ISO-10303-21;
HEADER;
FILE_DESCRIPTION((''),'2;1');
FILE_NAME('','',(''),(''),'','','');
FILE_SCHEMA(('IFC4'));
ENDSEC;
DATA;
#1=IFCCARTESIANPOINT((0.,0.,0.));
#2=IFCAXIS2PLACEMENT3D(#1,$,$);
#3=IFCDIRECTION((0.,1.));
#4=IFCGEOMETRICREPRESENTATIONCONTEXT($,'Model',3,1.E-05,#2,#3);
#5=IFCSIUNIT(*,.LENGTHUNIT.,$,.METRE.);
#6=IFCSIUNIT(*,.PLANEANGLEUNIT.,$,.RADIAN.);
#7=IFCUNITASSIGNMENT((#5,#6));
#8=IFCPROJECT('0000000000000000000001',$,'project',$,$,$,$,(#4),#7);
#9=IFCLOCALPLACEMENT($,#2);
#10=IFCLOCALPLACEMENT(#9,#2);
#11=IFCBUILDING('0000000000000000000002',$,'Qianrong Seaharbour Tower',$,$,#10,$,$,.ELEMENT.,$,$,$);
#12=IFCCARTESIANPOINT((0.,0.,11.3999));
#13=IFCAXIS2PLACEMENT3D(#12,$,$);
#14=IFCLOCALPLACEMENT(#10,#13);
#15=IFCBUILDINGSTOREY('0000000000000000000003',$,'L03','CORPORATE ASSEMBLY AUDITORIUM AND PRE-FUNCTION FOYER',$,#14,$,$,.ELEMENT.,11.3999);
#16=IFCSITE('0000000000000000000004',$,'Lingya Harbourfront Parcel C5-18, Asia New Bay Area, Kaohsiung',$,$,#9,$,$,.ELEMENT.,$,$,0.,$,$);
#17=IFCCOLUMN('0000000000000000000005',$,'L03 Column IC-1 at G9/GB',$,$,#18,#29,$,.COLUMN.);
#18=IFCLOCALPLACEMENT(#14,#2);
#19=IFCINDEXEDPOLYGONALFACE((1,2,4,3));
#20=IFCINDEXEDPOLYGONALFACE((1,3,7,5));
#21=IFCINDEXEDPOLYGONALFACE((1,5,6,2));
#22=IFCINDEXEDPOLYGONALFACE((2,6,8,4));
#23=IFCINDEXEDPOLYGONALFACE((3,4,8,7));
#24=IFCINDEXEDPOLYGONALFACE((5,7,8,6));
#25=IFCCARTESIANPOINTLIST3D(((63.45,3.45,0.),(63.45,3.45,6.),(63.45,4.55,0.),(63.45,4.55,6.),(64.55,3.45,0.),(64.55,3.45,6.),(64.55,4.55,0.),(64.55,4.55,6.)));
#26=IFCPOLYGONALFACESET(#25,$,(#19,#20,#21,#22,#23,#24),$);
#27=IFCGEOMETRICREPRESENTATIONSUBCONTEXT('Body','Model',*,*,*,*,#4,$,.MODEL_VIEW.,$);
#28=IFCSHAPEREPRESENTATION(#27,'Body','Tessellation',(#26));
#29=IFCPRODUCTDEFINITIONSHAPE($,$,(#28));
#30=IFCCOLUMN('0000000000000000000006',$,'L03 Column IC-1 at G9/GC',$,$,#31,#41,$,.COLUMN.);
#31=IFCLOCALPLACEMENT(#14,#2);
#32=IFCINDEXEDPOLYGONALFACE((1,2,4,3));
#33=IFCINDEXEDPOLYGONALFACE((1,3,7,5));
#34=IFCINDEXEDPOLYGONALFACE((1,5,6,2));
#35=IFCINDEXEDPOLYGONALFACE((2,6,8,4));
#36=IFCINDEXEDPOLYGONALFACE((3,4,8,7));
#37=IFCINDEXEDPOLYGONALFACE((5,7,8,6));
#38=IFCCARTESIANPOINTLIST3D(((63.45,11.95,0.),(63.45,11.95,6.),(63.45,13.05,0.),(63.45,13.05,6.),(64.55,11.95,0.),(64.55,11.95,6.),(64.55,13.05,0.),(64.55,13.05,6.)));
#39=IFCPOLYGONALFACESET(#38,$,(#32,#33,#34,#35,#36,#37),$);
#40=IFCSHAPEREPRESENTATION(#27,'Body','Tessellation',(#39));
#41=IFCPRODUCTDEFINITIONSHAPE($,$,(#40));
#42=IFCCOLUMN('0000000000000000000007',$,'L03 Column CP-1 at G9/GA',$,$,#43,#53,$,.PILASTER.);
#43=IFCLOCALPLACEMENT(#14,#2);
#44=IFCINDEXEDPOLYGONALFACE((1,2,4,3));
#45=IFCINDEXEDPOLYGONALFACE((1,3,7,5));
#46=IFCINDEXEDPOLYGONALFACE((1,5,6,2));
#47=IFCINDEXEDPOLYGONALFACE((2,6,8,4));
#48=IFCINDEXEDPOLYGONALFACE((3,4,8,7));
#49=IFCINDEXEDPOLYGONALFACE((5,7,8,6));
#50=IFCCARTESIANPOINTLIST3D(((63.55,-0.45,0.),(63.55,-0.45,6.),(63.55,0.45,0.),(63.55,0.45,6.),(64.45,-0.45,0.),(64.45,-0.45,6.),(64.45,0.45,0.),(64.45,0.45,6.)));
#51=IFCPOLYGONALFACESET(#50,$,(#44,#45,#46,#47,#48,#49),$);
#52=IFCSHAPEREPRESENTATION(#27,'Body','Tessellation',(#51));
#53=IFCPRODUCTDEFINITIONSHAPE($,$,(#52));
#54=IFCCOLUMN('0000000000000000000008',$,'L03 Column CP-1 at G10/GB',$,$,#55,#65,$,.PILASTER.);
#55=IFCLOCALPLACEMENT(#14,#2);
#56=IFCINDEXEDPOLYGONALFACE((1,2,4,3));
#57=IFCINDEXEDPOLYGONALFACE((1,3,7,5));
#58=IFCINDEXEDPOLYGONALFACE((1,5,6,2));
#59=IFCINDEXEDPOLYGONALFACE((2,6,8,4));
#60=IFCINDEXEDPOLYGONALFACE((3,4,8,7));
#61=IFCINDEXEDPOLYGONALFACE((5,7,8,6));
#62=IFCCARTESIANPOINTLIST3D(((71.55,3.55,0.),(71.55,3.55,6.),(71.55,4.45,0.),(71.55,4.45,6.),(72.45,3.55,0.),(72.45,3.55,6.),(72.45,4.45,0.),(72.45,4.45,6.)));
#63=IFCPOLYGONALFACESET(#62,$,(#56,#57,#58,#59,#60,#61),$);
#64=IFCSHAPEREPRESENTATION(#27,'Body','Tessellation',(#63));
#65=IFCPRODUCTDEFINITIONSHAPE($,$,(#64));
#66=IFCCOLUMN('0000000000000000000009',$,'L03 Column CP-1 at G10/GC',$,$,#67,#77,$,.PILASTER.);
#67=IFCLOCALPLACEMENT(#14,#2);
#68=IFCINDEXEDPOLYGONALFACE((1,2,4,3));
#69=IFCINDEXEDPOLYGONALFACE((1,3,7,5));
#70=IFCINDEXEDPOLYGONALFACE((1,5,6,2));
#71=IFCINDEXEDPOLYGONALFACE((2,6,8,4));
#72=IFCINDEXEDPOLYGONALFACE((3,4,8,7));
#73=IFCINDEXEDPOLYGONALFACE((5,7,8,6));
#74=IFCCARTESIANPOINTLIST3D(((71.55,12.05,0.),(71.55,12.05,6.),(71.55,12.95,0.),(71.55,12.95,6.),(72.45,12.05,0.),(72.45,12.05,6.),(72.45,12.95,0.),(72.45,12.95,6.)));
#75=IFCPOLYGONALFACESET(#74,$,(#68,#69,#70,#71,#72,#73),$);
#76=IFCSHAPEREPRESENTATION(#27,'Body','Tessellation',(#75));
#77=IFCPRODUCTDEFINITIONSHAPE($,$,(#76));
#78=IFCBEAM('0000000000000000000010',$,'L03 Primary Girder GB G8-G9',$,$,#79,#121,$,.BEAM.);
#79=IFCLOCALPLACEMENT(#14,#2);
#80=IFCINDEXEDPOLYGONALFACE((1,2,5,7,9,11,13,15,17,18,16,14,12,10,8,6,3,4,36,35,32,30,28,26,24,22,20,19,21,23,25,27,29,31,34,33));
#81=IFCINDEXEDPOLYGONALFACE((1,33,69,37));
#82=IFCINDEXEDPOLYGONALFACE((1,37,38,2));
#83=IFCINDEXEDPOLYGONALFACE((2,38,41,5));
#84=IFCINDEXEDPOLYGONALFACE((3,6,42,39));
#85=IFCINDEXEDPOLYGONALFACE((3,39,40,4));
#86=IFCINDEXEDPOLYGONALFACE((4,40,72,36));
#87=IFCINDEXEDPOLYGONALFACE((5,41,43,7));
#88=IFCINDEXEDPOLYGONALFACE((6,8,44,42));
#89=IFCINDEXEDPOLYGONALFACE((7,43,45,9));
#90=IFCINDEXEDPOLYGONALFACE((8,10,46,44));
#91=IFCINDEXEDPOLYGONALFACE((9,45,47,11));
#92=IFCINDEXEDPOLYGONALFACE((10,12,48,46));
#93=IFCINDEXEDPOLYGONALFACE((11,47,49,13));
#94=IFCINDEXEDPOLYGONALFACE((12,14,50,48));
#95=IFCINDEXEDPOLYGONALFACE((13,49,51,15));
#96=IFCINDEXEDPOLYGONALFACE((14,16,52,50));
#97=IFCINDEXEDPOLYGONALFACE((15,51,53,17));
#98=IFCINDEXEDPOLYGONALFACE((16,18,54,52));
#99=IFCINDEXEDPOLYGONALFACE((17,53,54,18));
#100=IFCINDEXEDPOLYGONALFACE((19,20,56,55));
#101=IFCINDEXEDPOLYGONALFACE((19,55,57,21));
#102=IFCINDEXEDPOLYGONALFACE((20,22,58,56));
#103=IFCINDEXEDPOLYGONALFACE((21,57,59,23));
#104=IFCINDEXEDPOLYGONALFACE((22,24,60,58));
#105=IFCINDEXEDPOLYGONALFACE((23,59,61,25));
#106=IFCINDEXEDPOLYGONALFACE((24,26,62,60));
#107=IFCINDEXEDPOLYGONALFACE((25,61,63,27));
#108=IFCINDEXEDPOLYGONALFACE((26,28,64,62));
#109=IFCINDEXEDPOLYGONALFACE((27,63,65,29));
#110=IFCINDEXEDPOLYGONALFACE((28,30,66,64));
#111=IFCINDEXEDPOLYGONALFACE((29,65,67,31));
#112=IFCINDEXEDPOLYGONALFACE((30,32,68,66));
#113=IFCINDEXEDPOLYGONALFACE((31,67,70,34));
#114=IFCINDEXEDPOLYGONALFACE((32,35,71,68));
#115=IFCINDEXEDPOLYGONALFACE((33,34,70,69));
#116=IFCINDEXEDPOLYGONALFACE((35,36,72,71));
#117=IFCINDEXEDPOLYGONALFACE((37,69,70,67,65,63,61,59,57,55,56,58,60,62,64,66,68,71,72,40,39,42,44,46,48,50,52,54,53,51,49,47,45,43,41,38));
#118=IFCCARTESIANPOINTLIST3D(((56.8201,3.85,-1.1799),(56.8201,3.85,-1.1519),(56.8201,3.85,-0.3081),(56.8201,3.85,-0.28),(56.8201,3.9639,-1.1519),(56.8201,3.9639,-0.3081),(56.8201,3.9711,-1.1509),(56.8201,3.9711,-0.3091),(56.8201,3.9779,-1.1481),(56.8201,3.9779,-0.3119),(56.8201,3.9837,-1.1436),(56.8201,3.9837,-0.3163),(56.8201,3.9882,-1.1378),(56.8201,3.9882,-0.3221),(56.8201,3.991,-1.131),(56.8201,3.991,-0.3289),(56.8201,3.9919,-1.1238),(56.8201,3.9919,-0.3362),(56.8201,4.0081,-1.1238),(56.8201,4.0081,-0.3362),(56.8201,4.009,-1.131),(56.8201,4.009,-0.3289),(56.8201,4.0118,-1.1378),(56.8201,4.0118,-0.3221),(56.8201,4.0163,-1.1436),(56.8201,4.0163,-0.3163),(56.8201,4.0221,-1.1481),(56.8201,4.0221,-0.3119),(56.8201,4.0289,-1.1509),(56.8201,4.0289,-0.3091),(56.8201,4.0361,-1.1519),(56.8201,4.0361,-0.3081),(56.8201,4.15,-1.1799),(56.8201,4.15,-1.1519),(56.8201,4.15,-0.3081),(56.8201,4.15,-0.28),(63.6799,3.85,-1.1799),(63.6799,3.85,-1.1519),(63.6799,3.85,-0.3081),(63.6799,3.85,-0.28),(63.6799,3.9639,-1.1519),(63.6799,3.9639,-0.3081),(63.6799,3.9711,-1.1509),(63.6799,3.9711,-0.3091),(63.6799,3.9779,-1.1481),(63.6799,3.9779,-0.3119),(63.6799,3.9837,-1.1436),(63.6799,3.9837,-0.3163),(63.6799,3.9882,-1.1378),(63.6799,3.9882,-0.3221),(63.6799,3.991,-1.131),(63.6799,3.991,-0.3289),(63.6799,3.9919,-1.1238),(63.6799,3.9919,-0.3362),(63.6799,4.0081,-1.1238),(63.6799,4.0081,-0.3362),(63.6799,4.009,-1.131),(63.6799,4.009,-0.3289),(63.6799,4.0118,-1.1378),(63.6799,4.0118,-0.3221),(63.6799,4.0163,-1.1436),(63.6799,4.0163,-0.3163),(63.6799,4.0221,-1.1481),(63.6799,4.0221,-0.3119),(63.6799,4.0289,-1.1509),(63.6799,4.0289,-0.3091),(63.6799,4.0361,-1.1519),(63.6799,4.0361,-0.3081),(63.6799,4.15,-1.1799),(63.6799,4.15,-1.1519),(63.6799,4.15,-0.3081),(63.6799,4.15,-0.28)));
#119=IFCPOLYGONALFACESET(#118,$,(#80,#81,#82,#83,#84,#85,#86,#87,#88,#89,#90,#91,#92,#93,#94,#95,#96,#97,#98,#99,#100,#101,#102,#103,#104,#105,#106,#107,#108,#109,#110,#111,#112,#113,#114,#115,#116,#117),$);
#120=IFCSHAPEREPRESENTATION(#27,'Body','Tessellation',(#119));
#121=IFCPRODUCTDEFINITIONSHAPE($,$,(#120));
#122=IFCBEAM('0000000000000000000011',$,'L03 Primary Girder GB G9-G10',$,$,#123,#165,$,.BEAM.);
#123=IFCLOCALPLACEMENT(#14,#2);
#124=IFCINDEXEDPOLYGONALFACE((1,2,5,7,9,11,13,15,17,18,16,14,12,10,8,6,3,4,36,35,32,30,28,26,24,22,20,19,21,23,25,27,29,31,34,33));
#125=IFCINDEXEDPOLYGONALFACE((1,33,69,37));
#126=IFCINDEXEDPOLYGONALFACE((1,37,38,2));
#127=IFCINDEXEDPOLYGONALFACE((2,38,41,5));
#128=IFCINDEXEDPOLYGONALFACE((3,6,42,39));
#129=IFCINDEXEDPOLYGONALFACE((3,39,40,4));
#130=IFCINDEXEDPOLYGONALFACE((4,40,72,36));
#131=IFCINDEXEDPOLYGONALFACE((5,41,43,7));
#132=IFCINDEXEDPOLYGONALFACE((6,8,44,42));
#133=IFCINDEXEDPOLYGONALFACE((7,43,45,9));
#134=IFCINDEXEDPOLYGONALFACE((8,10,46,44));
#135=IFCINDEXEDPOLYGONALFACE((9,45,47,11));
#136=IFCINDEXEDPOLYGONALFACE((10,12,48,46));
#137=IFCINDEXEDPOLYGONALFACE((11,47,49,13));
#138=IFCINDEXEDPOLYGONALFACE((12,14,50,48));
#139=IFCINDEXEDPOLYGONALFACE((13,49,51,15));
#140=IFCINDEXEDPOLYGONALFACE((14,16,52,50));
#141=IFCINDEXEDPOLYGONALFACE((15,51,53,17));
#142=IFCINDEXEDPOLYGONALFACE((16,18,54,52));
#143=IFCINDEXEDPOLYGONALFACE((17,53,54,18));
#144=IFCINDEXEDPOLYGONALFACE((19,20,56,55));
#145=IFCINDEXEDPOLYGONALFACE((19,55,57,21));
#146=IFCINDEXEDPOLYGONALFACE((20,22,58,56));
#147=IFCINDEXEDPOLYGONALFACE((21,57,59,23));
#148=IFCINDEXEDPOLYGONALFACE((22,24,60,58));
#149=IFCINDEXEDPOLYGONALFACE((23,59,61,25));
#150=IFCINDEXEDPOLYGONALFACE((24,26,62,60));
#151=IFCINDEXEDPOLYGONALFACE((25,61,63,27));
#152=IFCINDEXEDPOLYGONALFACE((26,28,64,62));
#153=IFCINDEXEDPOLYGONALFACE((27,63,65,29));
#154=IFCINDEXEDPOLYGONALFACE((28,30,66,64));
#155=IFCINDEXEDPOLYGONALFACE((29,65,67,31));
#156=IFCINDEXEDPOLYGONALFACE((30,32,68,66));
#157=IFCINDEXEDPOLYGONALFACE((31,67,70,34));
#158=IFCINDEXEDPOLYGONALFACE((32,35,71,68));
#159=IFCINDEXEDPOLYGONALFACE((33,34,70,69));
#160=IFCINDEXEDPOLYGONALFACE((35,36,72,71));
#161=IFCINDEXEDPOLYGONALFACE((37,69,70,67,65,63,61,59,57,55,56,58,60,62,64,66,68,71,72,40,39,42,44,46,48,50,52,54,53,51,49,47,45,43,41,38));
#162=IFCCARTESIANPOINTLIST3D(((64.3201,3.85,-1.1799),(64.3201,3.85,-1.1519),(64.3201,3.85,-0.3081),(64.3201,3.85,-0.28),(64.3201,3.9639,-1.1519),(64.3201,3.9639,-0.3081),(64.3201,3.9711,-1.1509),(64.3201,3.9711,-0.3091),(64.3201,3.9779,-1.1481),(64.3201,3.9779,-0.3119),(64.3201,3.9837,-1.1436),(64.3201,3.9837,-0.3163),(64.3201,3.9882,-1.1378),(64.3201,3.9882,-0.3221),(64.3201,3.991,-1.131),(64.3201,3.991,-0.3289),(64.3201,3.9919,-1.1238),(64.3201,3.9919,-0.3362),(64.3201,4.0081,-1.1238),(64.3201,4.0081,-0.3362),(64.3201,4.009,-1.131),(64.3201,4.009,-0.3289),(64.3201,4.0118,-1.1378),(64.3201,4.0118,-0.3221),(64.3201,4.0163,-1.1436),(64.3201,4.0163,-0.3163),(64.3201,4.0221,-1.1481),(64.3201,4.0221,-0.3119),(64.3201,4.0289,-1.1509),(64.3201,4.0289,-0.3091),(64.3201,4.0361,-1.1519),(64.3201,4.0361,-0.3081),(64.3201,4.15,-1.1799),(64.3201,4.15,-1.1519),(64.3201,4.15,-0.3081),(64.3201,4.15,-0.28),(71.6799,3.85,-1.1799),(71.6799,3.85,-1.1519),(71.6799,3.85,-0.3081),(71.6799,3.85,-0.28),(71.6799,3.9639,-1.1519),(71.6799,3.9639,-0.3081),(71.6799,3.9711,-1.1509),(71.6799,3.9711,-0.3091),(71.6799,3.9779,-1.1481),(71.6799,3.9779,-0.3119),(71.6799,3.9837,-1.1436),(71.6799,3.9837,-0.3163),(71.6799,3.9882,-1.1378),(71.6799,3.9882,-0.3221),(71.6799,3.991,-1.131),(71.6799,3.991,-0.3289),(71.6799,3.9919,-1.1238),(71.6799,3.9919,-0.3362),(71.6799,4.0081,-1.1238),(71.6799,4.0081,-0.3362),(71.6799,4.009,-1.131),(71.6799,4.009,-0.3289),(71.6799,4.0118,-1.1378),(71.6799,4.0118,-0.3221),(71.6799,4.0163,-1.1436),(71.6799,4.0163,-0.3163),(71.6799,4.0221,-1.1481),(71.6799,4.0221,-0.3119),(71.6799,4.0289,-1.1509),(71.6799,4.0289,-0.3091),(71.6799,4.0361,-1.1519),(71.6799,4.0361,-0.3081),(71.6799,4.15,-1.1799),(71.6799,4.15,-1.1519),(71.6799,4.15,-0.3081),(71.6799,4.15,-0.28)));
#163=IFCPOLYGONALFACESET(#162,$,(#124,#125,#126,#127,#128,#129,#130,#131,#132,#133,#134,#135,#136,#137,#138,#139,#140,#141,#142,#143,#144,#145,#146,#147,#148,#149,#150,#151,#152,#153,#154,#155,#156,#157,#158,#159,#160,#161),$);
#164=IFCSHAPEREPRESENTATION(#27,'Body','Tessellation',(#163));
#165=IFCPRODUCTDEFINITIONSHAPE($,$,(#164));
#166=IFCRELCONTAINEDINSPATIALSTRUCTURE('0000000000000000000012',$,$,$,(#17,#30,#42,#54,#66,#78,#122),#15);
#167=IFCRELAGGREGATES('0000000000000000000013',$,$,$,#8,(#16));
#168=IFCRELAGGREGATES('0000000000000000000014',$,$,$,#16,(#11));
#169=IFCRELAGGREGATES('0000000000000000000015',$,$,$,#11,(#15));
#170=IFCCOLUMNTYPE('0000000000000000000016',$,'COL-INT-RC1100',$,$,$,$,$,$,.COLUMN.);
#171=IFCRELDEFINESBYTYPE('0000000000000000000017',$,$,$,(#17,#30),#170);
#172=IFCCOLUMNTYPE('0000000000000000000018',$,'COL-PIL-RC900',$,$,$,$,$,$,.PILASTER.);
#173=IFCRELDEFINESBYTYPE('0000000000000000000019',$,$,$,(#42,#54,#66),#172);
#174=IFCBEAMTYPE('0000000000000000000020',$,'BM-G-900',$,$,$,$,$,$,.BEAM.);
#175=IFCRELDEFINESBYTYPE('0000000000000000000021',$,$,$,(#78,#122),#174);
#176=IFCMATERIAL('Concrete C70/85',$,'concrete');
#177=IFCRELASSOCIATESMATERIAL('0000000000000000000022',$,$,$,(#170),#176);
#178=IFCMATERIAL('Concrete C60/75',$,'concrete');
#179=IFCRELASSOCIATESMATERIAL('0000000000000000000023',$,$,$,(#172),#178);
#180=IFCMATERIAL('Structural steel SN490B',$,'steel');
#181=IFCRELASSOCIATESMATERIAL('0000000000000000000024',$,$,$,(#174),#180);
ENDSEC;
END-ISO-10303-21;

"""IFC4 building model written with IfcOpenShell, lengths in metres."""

from ifc_helpers import new_model, si_unit, direction, frame, origin, origin_2d, place, context, subcontext, project, spatial, rectangle, i_section, extrude, material, material_profile, profile_set, type_object, element, save


model = new_model("IFC4")

# Units and contexts
model_context = context("Model", 3, precision=1e-05, world=origin(), true_north=direction((0.0, 1.0)))
body_context = subcontext(model_context, "Body", "Model", "MODEL_VIEW")
ifc_project = project(units=[si_unit("LENGTHUNIT", "METRE"), si_unit("PLANEANGLEUNIT", "RADIAN")], contexts=[model_context])

# Site, building, storey
site_placement = place(None, origin())
site = spatial("IfcSite", under=ifc_project, at=site_placement, Name="Lingya Harbourfront Parcel C5-18, Asia New Bay Area, Kaohsiung", CompositionType="ELEMENT", RefElevation=0.0)
building_placement = place(site_placement, origin())
building = spatial("IfcBuilding", under=site, at=building_placement, Name="Qianrong Seaharbour Tower", CompositionType="ELEMENT")
storey_placement = place(building_placement, frame((0.0, 0.0, 11.3999)))
storey = spatial("IfcBuildingStorey", under=building, at=storey_placement, Name="L03", Description="CORPORATE ASSEMBLY AUDITORIUM AND PRE-FUNCTION FOYER", CompositionType="ELEMENT", Elevation=11.3999)

# Columns
ifc_material_1 = material(Name="Concrete C70/85", Category="concrete")
ifc_material_profile_1 = material_profile(ifc_material_1, rectangle(XDim=1.1001, YDim=1.1001, at=origin_2d()), Name="RC1100x1100")
ifc_profile_set_1 = profile_set([ifc_material_profile_1], Name="Concrete C70/85")
column_type_1 = type_object("IfcColumnType", Name="COL-INT-RC1100", PredefinedType="COLUMN", material=ifc_profile_set_1)
for number, where, z_axis, x_axis, name in (
    (1, (64.0, 4.0, 0.0), (0.0, 0.0, 1.0), (1.0, 0.0, 0.0), "L03 Column IC-1 at G9/GB"),
    (2, (64.0, 12.5, 0.0), (0.0, 0.0, 1.0), (1.0, 0.0, 0.0), "L03 Column IC-1 at G9/GC"),
):
    element("IfcColumn", number, at=place(storey_placement, frame(where, z_axis=z_axis, x_axis=x_axis)), inside=storey, type_object=column_type_1, Name=name, PredefinedType="COLUMN", context=body_context, shape_type="SweptSolid", body=[
        extrude(rectangle(XDim=1.1001, YDim=1.1001, at=origin_2d()), origin(), (0.0, 0.0, 1.0), 6.0),
    ])
ifc_material_2 = material(Name="Concrete C60/75", Category="concrete")
ifc_material_profile_2 = material_profile(ifc_material_2, rectangle(XDim=0.8999, YDim=0.8999, at=origin_2d()), Name="RC900x900")
ifc_profile_set_2 = profile_set([ifc_material_profile_2], Name="Concrete C60/75")
column_type_2 = type_object("IfcColumnType", Name="COL-PIL-RC900", PredefinedType="PILASTER", material=ifc_profile_set_2)
for number, where, z_axis, x_axis, name in (
    (3, (64.0, 0.0, 0.0), (0.0, 0.0, 1.0), (1.0, 0.0, 0.0), "L03 Column CP-1 at G9/GA"),
    (4, (72.0, 4.0, 0.0), (0.0, 0.0, 1.0), (1.0, 0.0, 0.0), "L03 Column CP-1 at G10/GB"),
    (5, (72.0, 12.5, 0.0), (0.0, 0.0, 1.0), (1.0, 0.0, 0.0), "L03 Column CP-1 at G10/GC"),
):
    element("IfcColumn", number, at=place(storey_placement, frame(where, z_axis=z_axis, x_axis=x_axis)), inside=storey, type_object=column_type_2, Name=name, PredefinedType="PILASTER", context=body_context, shape_type="SweptSolid", body=[
        extrude(rectangle(XDim=0.8999, YDim=0.8999, at=origin_2d()), origin(), (0.0, 0.0, 1.0), 6.0),
    ])

# Beams
ifc_material_3 = material(Name="Structural steel SN490B", Category="steel")
ifc_material_profile_3 = material_profile(ifc_material_3, i_section(OverallWidth=0.3, OverallDepth=0.8999, WebThickness=0.0161, FlangeThickness=0.0281, FilletRadius=0.0281, at=origin_2d()), Name="H900x300x16x28")
ifc_profile_set_3 = profile_set([ifc_material_profile_3], Name="Structural steel SN490B")
beam_type_1 = type_object("IfcBeamType", Name="BM-G-900", PredefinedType="BEAM", material=ifc_profile_set_3)
beam_1_placement = place(storey_placement, frame((56.8201, 4.0, -0.73), z_axis=(1.0, 0.0, 0.0), x_axis=(0.0, 1.0, 0.0)))
element("IfcBeam", 6, at=beam_1_placement, inside=storey, type_object=beam_type_1, Name="L03 Primary Girder GB G8-G9", PredefinedType="BEAM", context=body_context, shape_type="SweptSolid", body=[
    extrude(i_section(OverallWidth=0.3, OverallDepth=0.8999, WebThickness=0.0161, FlangeThickness=0.0281, FilletRadius=0.0281, at=origin_2d()), origin(), (0.0, 0.0, 1.0), 6.8599),
])
beam_2_placement = place(storey_placement, frame((64.3201, 4.0, -0.73), z_axis=(1.0, 0.0, 0.0), x_axis=(0.0, 1.0, 0.0)))
element("IfcBeam", 7, at=beam_2_placement, inside=storey, type_object=beam_type_1, Name="L03 Primary Girder GB G9-G10", PredefinedType="BEAM", context=body_context, shape_type="SweptSolid", body=[
    extrude(i_section(OverallWidth=0.3, OverallDepth=0.8999, WebThickness=0.0161, FlangeThickness=0.0281, FilletRadius=0.0281, at=origin_2d()), origin(), (0.0, 0.0, 1.0), 7.3599),
])

save(model, "model.ifc")
